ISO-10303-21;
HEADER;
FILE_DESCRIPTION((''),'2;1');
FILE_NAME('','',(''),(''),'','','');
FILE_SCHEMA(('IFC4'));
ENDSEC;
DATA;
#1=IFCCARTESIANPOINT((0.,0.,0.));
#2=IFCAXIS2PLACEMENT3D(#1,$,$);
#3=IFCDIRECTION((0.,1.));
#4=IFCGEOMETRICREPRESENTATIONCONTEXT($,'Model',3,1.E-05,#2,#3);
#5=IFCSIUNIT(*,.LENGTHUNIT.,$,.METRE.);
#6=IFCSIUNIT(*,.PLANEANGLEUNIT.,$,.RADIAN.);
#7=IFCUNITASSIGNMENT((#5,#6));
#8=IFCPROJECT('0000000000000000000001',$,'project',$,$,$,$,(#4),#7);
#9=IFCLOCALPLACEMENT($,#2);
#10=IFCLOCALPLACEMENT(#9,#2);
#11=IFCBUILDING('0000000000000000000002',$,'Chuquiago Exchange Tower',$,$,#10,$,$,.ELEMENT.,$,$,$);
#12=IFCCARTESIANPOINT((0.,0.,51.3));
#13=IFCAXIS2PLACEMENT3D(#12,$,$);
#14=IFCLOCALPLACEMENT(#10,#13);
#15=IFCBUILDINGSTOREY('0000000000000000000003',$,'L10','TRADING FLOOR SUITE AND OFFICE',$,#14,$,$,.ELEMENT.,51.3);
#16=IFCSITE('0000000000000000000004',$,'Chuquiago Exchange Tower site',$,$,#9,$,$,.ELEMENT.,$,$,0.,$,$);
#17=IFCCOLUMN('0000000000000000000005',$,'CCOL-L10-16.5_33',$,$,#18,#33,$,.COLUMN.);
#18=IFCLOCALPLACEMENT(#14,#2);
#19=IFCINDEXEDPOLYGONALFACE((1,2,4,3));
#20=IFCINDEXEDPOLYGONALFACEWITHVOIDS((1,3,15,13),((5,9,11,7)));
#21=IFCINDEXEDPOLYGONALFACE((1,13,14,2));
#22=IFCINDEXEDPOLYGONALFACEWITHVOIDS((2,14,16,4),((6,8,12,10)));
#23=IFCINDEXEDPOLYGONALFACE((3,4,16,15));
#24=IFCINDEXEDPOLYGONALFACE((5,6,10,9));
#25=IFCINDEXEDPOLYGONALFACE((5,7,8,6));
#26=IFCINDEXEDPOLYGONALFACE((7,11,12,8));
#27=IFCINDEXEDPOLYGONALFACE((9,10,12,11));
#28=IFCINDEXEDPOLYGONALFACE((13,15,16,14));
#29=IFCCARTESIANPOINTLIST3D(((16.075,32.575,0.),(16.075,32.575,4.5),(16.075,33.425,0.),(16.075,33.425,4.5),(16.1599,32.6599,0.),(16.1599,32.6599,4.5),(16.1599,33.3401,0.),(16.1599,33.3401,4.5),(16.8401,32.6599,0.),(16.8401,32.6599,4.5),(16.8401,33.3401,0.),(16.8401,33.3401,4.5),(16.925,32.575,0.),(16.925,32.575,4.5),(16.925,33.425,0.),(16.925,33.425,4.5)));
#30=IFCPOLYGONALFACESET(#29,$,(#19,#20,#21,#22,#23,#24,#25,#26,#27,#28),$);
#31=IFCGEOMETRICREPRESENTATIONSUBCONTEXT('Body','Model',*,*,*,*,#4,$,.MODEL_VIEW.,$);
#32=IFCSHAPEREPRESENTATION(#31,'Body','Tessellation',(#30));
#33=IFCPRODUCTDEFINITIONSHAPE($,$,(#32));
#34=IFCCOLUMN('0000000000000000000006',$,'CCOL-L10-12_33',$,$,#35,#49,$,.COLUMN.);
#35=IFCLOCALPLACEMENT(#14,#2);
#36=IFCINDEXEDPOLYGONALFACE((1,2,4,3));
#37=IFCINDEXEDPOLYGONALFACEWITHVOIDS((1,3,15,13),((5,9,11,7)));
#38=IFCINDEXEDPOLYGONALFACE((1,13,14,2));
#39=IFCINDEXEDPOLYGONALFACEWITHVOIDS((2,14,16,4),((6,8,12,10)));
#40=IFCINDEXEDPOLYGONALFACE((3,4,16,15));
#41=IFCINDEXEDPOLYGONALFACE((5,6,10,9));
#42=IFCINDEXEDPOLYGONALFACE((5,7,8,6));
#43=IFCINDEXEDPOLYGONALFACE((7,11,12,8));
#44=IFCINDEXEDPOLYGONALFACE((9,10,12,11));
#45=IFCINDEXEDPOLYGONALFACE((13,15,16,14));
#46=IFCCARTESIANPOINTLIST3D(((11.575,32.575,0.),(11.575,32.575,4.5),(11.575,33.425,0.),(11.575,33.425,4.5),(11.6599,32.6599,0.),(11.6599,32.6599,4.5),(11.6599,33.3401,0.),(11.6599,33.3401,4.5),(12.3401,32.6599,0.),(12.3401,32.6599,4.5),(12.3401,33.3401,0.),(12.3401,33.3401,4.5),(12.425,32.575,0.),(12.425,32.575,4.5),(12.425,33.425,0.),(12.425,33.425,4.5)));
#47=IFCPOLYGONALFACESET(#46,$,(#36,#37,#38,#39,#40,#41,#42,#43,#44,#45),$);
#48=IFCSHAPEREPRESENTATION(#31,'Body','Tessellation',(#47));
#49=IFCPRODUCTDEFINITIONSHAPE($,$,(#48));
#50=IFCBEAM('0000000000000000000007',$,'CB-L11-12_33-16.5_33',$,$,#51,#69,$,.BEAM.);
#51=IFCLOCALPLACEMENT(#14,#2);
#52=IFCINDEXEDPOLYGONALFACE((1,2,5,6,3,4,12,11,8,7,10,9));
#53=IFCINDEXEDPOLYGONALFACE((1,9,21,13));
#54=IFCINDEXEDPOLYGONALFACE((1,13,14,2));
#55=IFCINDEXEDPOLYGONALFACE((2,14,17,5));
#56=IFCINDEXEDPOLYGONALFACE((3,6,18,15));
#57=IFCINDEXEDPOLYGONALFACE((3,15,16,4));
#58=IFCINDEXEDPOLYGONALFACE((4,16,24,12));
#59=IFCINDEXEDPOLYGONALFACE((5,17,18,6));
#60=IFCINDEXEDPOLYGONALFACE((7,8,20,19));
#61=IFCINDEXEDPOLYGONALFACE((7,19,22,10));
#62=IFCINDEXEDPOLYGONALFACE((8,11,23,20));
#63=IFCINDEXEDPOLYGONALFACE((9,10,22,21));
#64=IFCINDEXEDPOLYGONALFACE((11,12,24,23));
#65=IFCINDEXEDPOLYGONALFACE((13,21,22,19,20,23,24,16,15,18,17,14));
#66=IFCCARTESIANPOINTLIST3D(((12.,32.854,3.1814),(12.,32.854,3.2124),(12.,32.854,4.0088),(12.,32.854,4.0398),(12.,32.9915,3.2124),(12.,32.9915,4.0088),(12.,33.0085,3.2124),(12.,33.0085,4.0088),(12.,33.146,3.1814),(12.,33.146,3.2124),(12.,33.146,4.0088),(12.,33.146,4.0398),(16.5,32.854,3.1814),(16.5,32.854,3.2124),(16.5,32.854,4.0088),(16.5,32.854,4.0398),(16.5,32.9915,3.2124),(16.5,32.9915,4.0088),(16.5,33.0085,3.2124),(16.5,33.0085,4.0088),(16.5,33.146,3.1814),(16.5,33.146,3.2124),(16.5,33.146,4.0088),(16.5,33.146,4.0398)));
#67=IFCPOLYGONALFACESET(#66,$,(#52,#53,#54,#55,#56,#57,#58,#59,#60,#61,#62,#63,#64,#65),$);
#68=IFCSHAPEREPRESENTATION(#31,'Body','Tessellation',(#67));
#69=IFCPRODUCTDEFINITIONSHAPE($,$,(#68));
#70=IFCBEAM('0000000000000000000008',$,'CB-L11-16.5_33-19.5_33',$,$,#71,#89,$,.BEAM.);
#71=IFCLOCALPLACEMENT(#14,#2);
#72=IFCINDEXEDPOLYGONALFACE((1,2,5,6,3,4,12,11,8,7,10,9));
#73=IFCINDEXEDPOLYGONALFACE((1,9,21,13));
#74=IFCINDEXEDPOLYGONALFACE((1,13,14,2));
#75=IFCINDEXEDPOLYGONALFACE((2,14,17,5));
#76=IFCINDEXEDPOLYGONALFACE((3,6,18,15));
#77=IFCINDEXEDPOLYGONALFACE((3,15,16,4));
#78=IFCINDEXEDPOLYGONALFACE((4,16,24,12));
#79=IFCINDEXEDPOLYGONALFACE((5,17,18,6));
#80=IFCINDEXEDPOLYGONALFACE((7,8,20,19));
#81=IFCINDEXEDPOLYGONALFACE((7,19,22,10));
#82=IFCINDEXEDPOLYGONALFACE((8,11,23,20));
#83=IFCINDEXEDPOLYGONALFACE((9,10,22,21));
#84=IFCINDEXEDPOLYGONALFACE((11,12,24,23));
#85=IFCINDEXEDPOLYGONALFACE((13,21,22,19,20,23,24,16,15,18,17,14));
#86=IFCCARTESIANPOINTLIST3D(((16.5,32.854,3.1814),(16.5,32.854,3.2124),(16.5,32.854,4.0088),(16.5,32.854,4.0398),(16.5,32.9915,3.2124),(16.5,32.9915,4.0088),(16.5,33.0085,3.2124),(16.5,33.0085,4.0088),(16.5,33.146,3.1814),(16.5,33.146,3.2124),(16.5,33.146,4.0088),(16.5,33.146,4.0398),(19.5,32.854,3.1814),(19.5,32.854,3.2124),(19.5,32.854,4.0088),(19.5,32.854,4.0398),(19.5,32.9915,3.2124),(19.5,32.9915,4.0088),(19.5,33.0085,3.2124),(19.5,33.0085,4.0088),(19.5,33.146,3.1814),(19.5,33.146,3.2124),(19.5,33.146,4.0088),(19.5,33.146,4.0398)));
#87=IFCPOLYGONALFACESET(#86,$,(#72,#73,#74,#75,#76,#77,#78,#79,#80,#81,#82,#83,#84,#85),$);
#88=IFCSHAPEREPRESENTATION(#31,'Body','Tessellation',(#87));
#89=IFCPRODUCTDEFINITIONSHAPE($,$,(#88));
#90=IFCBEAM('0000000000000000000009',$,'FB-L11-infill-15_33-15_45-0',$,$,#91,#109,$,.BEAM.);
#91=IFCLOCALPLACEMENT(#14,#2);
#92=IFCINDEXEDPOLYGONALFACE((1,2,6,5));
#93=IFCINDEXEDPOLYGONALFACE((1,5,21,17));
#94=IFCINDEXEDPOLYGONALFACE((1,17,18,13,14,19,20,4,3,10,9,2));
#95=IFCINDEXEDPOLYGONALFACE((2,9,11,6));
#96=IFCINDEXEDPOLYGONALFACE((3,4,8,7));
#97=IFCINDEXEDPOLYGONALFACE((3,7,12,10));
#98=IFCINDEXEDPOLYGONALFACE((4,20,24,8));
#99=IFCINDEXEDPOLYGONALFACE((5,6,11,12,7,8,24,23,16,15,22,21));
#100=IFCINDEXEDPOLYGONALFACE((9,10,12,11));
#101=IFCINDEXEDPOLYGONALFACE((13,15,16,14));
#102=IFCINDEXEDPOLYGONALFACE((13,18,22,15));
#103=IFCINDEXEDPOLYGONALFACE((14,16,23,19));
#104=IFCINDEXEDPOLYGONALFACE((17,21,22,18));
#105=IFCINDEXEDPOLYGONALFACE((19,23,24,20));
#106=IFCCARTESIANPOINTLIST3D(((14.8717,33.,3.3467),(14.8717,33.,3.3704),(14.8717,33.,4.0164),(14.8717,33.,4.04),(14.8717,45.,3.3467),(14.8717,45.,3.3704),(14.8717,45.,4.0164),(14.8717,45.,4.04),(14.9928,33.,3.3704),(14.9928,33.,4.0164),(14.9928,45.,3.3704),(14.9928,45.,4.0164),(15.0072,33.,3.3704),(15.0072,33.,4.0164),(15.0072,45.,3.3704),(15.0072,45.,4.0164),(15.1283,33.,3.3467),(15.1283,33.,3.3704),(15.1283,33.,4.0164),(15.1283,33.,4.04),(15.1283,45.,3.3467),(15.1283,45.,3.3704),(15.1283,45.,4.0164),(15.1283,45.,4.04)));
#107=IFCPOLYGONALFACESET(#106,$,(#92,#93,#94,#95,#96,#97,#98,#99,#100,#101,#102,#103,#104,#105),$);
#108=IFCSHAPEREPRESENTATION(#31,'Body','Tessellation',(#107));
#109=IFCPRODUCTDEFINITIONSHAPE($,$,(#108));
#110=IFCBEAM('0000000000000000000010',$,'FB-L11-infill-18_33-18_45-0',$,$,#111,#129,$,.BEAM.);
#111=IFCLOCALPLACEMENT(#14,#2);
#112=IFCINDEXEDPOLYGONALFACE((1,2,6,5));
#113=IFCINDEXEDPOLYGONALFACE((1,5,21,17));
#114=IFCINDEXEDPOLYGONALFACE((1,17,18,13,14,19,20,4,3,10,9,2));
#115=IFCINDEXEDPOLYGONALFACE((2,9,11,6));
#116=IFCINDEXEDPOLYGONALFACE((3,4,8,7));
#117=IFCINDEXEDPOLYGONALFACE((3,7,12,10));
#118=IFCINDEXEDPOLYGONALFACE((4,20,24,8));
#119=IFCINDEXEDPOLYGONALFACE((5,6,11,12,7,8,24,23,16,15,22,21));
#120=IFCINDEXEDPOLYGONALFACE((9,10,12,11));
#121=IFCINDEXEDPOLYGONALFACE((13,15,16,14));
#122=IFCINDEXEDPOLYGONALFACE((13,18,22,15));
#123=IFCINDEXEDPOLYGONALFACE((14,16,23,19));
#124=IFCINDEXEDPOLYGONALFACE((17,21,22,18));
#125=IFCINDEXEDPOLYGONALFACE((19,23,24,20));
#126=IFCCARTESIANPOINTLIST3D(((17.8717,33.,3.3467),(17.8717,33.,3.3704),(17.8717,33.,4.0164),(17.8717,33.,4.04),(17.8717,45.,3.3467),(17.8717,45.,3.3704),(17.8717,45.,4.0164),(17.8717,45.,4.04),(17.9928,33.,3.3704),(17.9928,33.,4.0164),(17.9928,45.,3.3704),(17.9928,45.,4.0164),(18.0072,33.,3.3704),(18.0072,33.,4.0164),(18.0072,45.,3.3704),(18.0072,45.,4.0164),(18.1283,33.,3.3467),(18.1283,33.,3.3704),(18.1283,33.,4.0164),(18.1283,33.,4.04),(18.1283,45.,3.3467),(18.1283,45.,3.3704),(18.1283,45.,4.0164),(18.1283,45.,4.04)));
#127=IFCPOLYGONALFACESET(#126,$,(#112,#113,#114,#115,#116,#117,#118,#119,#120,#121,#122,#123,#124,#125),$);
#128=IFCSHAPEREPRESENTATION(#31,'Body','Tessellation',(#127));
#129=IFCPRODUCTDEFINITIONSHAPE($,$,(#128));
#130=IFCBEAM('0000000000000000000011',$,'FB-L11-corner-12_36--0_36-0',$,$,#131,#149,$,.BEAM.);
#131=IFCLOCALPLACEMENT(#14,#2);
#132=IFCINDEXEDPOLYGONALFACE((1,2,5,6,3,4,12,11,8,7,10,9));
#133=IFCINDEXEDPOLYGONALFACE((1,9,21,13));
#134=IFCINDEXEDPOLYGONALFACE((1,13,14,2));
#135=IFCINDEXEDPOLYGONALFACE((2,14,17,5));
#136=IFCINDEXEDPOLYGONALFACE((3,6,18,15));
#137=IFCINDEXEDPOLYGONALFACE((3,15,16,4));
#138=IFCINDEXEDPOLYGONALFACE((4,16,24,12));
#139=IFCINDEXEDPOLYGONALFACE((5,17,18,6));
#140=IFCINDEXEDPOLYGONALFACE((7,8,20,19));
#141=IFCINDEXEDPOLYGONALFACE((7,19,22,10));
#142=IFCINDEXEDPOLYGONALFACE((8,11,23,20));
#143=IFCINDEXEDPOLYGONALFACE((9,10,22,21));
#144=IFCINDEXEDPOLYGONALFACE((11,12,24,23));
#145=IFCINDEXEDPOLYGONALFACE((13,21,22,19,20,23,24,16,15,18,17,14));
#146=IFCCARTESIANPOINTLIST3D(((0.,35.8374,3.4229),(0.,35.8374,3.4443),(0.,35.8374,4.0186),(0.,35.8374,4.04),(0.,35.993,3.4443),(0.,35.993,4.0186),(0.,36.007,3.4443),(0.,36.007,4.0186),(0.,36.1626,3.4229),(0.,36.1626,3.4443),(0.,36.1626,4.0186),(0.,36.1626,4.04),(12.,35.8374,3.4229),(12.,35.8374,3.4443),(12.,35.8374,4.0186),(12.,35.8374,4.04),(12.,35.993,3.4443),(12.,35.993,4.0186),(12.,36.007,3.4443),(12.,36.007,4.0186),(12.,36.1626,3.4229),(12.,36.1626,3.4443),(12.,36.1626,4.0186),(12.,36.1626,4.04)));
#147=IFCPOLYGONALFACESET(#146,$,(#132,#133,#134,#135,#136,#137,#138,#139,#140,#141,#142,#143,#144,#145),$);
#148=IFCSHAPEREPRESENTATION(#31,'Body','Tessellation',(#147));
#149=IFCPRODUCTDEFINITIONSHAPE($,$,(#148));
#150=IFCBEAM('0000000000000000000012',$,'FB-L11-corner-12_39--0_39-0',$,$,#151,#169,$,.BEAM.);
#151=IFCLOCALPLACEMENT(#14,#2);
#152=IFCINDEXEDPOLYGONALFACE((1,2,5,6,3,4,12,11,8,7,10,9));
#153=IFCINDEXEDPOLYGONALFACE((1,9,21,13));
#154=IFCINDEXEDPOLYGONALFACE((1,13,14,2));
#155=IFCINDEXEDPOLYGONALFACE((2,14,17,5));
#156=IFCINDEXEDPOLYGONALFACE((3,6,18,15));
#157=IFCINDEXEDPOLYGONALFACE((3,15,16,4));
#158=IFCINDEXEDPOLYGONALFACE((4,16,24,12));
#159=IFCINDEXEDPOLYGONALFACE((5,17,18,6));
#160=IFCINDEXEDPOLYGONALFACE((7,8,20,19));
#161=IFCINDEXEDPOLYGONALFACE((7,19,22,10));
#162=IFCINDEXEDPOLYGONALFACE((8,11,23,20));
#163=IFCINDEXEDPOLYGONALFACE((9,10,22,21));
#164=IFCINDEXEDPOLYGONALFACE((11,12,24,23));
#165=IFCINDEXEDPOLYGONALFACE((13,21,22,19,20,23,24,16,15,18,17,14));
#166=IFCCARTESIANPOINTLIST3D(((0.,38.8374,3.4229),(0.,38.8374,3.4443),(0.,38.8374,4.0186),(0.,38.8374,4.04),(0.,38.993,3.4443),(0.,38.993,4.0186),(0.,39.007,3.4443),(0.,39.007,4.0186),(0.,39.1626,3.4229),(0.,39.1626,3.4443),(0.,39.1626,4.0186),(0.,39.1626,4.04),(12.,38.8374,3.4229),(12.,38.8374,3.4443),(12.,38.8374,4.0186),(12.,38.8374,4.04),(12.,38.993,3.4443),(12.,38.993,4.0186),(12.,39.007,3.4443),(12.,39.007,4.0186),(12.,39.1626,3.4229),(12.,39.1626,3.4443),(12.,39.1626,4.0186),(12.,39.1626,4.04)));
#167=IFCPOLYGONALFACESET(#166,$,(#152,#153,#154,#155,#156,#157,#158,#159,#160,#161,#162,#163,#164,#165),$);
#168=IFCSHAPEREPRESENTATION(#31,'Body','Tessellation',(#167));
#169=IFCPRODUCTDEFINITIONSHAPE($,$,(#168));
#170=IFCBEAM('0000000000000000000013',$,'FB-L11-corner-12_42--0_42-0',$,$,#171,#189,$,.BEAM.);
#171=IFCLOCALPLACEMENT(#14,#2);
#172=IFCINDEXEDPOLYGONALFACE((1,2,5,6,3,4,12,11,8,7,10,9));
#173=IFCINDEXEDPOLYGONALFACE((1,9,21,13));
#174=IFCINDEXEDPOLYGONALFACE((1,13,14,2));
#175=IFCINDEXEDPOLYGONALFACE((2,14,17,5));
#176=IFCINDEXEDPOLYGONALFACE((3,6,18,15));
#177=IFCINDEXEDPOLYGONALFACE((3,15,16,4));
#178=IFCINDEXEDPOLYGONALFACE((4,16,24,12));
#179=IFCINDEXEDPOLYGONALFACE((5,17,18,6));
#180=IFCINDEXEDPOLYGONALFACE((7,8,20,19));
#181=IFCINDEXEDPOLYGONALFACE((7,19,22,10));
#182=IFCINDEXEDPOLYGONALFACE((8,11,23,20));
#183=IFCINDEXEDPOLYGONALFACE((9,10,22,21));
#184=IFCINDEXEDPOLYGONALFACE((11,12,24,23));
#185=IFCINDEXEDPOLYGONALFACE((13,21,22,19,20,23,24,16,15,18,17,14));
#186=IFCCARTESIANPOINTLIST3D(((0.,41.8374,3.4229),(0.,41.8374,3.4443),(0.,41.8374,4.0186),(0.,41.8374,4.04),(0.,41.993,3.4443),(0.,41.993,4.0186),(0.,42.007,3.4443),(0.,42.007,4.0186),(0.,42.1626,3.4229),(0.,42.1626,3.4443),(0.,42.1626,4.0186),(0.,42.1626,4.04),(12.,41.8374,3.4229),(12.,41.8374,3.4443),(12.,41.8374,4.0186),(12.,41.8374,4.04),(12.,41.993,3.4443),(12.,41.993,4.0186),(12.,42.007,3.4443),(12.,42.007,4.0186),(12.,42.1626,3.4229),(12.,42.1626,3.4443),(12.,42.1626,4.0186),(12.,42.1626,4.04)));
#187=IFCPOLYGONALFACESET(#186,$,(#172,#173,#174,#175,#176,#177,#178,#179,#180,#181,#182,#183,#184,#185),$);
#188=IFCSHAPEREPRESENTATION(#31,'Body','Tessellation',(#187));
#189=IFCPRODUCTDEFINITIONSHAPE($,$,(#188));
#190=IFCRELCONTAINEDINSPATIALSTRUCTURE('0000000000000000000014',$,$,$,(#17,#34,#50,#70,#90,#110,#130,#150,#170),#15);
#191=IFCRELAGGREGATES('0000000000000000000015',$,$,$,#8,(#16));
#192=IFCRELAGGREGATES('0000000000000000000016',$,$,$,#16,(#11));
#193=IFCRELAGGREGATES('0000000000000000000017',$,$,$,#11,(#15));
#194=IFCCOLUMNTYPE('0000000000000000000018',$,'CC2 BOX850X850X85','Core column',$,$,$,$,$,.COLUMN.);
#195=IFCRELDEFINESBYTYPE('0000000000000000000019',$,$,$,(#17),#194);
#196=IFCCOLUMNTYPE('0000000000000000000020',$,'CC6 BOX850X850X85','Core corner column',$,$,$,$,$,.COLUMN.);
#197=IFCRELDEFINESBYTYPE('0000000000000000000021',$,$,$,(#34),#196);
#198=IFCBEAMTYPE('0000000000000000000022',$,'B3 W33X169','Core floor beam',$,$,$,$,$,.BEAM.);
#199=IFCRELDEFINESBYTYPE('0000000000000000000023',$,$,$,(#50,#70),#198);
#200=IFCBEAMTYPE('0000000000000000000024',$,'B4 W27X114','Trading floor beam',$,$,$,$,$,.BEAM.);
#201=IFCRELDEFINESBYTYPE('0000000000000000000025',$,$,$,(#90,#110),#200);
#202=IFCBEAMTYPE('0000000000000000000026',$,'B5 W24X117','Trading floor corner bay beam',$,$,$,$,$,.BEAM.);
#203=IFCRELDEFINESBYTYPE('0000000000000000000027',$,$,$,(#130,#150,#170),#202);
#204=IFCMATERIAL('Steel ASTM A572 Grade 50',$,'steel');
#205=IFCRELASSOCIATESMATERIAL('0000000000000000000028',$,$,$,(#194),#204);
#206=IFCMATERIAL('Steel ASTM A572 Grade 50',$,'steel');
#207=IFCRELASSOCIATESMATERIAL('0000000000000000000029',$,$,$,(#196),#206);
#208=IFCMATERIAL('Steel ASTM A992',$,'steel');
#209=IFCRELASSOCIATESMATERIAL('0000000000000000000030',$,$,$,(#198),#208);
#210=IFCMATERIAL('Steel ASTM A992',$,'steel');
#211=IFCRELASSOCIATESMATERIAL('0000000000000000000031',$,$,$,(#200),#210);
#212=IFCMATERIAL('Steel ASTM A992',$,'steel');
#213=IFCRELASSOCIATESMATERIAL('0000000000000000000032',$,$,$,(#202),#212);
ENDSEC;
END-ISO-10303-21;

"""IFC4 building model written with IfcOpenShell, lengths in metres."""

from ifc_helpers import new_model, si_unit, direction, frame, origin, origin_2d, place, context, subcontext, project, spatial, hollow_rectangle, i_section, extrude, material, material_profile, profile_set, type_object, element, save


model = new_model("IFC4")

# Units and contexts
model_context = context("Model", 3, precision=1e-05, world=origin(), true_north=direction((0.0, 1.0)))
body_context = subcontext(model_context, "Body", "Model", "MODEL_VIEW")
ifc_project = project(units=[si_unit("LENGTHUNIT", "METRE"), si_unit("PLANEANGLEUNIT", "RADIAN")], contexts=[model_context])

# Site, building, storey
site_placement = place(None, origin())
site = spatial("IfcSite", under=ifc_project, at=site_placement, Name="Chuquiago Exchange Tower site", CompositionType="ELEMENT", RefElevation=0.0)
building_placement = place(site_placement, origin())
building = spatial("IfcBuilding", under=site, at=building_placement, Name="Chuquiago Exchange Tower", CompositionType="ELEMENT")
storey_placement = place(building_placement, frame((0.0, 0.0, 51.3)))
storey = spatial("IfcBuildingStorey", under=building, at=storey_placement, Name="L10", Description="TRADING FLOOR SUITE AND OFFICE", CompositionType="ELEMENT", Elevation=51.3)

# Columns
ifc_material_1 = material(Name="Steel ASTM A572 Grade 50", Category="steel")
ifc_material_profile_1 = material_profile(ifc_material_1, hollow_rectangle(XDim=0.8501, YDim=0.8501, WallThickness=0.085, at=origin_2d()), Name="BOX850X850X85")
ifc_profile_set_1 = profile_set([ifc_material_profile_1], Name="Steel ASTM A572 Grade 50")
column_type_1 = type_object("IfcColumnType", Name="CC2 BOX850X850X85", Description="Core column", PredefinedType="COLUMN", material=ifc_profile_set_1)
column_1_placement = place(storey_placement, frame((16.5, 33.0, 0.0), z_axis=(0.0, 0.0, 1.0), x_axis=(1.0, 0.0, 0.0)))
element("IfcColumn", 1, at=column_1_placement, inside=storey, type_object=column_type_1, Name="CCOL-L10-16.5_33", PredefinedType="COLUMN", context=body_context, shape_type="SweptSolid", body=[
    extrude(hollow_rectangle(XDim=0.8501, YDim=0.8501, WallThickness=0.085, at=origin_2d()), origin(), (0.0, 0.0, 1.0), 4.5),
])
ifc_material_2 = material(Name="Steel ASTM A572 Grade 50", Category="steel")
ifc_material_profile_2 = material_profile(ifc_material_2, hollow_rectangle(XDim=0.8501, YDim=0.8501, WallThickness=0.085, at=origin_2d()), Name="BOX850X850X85")
ifc_profile_set_2 = profile_set([ifc_material_profile_2], Name="Steel ASTM A572 Grade 50")
column_type_2 = type_object("IfcColumnType", Name="CC6 BOX850X850X85", Description="Core corner column", PredefinedType="COLUMN", material=ifc_profile_set_2)
column_2_placement = place(storey_placement, frame((12.0, 33.0, 0.0), z_axis=(0.0, 0.0, 1.0), x_axis=(1.0, 0.0, 0.0)))
element("IfcColumn", 2, at=column_2_placement, inside=storey, type_object=column_type_2, Name="CCOL-L10-12_33", PredefinedType="COLUMN", context=body_context, shape_type="SweptSolid", body=[
    extrude(hollow_rectangle(XDim=0.8501, YDim=0.8501, WallThickness=0.085, at=origin_2d()), origin(), (0.0, 0.0, 1.0), 4.5),
])

# Beams
ifc_material_3 = material(Name="Steel ASTM A992", Category="steel")
ifc_material_profile_3 = material_profile(ifc_material_3, i_section(OverallWidth=0.292, OverallDepth=0.8584, WebThickness=0.0171, FlangeThickness=0.031, at=origin_2d()), Name="W33X169")
ifc_profile_set_3 = profile_set([ifc_material_profile_3], Name="Steel ASTM A992")
beam_type_1 = type_object("IfcBeamType", Name="B3 W33X169", Description="Core floor beam", PredefinedType="BEAM", material=ifc_profile_set_3)
beam_1_placement = place(storey_placement, frame((12.0, 33.0, 3.6106), z_axis=(1.0, 0.0, 0.0), x_axis=(0.0, 1.0, 0.0)))
element("IfcBeam", 3, at=beam_1_placement, inside=storey, type_object=beam_type_1, Name="CB-L11-12_33-16.5_33", PredefinedType="BEAM", context=body_context, shape_type="SweptSolid", body=[
    extrude(i_section(OverallWidth=0.292, OverallDepth=0.8584, WebThickness=0.0171, FlangeThickness=0.031, at=origin_2d()), origin(), (0.0, 0.0, 1.0), 4.5),
])
beam_2_placement = place(storey_placement, frame((16.5, 33.0, 3.6106), z_axis=(1.0, 0.0, 0.0), x_axis=(0.0, 1.0, 0.0)))
element("IfcBeam", 4, at=beam_2_placement, inside=storey, type_object=beam_type_1, Name="CB-L11-16.5_33-19.5_33", PredefinedType="BEAM", context=body_context, shape_type="SweptSolid", body=[
    extrude(i_section(OverallWidth=0.292, OverallDepth=0.8584, WebThickness=0.0171, FlangeThickness=0.031, at=origin_2d()), origin(), (0.0, 0.0, 1.0), 3.0),
])
ifc_material_4 = material(Name="Steel ASTM A992", Category="steel")
ifc_material_profile_4 = material_profile(ifc_material_4, i_section(OverallWidth=0.2566, OverallDepth=0.6934, WebThickness=0.0144, FlangeThickness=0.0237, at=origin_2d()), Name="W27X114")
ifc_profile_set_4 = profile_set([ifc_material_profile_4], Name="Steel ASTM A992")
beam_type_2 = type_object("IfcBeamType", Name="B4 W27X114", Description="Trading floor beam", PredefinedType="BEAM", material=ifc_profile_set_4)
for number, where, z_axis, x_axis, name in (
    (5, (15.0, 33.0, 3.6934), (0.0, 1.0, 0.0), (-1.0, 0.0, 0.0), "FB-L11-infill-15_33-15_45-0"),
    (6, (18.0, 33.0, 3.6934), (0.0, 1.0, 0.0), (-1.0, 0.0, 0.0), "FB-L11-infill-18_33-18_45-0"),
):
    element("IfcBeam", number, at=place(storey_placement, frame(where, z_axis=z_axis, x_axis=x_axis)), inside=storey, type_object=beam_type_2, Name=name, PredefinedType="BEAM", context=body_context, shape_type="SweptSolid", body=[
        extrude(i_section(OverallWidth=0.2566, OverallDepth=0.6934, WebThickness=0.0144, FlangeThickness=0.0237, at=origin_2d()), origin(), (0.0, 0.0, 1.0), 12.0),
    ])
ifc_material_5 = material(Name="Steel ASTM A992", Category="steel")
ifc_material_profile_5 = material_profile(ifc_material_5, i_section(OverallWidth=0.3252, OverallDepth=0.6172, WebThickness=0.0139, FlangeThickness=0.0215, at=origin_2d()), Name="W24X117")
ifc_profile_set_5 = profile_set([ifc_material_profile_5], Name="Steel ASTM A992")
beam_type_3 = type_object("IfcBeamType", Name="B5 W24X117", Description="Trading floor corner bay beam", PredefinedType="BEAM", material=ifc_profile_set_5)
for number, where, z_axis, x_axis, name in (
    (7, (12.0, 36.0, 3.7314), (-1.0, 0.0, 0.0), (0.0, -1.0, 0.0), "FB-L11-corner-12_36--0_36-0"),
    (8, (12.0, 39.0, 3.7314), (-1.0, 0.0, 0.0), (0.0, -1.0, 0.0), "FB-L11-corner-12_39--0_39-0"),
    (9, (12.0, 42.0, 3.7314), (-1.0, 0.0, 0.0), (0.0, -1.0, 0.0), "FB-L11-corner-12_42--0_42-0"),
):
    element("IfcBeam", number, at=place(storey_placement, frame(where, z_axis=z_axis, x_axis=x_axis)), inside=storey, type_object=beam_type_3, Name=name, PredefinedType="BEAM", context=body_context, shape_type="SweptSolid", body=[
        extrude(i_section(OverallWidth=0.3252, OverallDepth=0.6172, WebThickness=0.0139, FlangeThickness=0.0215, at=origin_2d()), origin(), (0.0, 0.0, 1.0), 12.0),
    ])

save(model, "model.ifc")
